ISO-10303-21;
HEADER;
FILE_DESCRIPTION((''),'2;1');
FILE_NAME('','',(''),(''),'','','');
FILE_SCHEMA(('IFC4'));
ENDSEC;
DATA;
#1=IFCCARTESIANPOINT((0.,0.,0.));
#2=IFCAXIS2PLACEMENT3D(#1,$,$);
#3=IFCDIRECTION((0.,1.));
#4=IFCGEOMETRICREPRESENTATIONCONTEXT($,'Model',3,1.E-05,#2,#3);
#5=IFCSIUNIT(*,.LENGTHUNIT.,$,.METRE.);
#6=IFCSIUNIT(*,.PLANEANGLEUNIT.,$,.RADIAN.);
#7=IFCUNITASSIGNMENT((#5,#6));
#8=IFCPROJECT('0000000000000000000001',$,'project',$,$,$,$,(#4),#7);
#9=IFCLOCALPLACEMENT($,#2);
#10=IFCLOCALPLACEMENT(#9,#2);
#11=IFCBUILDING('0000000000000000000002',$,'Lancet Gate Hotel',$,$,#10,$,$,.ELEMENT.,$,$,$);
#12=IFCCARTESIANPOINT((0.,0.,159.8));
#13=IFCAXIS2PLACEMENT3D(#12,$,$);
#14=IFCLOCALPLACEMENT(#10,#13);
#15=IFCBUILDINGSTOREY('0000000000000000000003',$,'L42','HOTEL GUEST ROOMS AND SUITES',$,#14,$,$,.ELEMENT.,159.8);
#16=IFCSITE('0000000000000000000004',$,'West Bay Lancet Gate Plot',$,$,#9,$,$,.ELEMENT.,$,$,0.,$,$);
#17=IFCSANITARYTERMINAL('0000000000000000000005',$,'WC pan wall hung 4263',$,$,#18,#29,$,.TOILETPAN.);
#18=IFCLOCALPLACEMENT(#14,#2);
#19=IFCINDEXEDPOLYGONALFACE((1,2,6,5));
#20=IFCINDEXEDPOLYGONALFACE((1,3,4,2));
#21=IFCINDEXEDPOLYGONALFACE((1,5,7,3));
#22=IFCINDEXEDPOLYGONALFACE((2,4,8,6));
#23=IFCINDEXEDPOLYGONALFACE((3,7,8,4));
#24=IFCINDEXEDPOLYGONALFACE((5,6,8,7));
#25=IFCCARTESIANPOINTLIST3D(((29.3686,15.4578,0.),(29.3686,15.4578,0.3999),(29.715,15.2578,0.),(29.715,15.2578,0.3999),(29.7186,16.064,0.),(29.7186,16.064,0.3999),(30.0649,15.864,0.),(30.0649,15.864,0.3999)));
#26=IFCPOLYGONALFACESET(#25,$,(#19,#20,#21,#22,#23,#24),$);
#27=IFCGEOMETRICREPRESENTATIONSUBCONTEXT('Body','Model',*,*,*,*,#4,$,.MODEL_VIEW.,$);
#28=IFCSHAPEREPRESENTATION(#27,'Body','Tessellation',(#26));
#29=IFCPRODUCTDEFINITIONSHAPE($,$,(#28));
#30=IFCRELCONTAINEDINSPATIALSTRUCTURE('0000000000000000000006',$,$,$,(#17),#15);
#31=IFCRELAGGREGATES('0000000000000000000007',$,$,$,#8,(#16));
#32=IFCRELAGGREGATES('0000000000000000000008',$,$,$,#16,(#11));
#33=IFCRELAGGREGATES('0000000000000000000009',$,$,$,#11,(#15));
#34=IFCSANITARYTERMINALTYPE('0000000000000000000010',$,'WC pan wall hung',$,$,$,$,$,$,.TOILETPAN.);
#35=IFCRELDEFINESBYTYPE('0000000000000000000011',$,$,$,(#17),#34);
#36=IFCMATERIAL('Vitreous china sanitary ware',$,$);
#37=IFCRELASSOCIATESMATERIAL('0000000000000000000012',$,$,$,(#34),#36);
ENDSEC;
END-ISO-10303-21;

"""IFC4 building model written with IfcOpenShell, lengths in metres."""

from ifc_helpers import new_model, si_unit, direction, frame, origin, origin_2d, place, context, subcontext, project, spatial, rectangle, extrude, material, type_object, element, save


model = new_model("IFC4")

# Units and contexts
model_context = context("Model", 3, precision=1e-05, world=origin(), true_north=direction((0.0, 1.0)))
body_context = subcontext(model_context, "Body", "Model", "MODEL_VIEW")
ifc_project = project(units=[si_unit("LENGTHUNIT", "METRE"), si_unit("PLANEANGLEUNIT", "RADIAN")], contexts=[model_context])

# Site, building, storey
site_placement = place(None, origin())
site = spatial("IfcSite", under=ifc_project, at=site_placement, Name="West Bay Lancet Gate Plot", CompositionType="ELEMENT", RefElevation=0.0)
building_placement = place(site_placement, origin())
building = spatial("IfcBuilding", under=site, at=building_placement, Name="Lancet Gate Hotel", CompositionType="ELEMENT")
storey_placement = place(building_placement, frame((0.0, 0.0, 159.8)))
storey = spatial("IfcBuildingStorey", under=building, at=storey_placement, Name="L42", Description="HOTEL GUEST ROOMS AND SUITES", CompositionType="ELEMENT", Elevation=159.8)

# Sanitary terminal
ifc_material_1 = material(Name="Vitreous china sanitary ware")
sanitary_terminal_type_1 = type_object("IfcSanitaryTerminalType", Name="WC pan wall hung", PredefinedType="TOILETPAN", material=ifc_material_1)
sanitary_terminal_1_placement = place(storey_placement, frame((29.7168, 15.6609, 0.0), z_axis=(0.0, 0.0, 1.0), x_axis=(-0.866025, 0.5, 0.0)))
element("IfcSanitaryTerminal", 1, at=sanitary_terminal_1_placement, inside=storey, type_object=sanitary_terminal_type_1, Name="WC pan wall hung 4263", PredefinedType="TOILETPAN", context=body_context, shape_type="SweptSolid", body=[
    extrude(rectangle(XDim=0.3999, YDim=0.7, at=origin_2d()), origin(), (0.0, 0.0, 1.0), 0.3999),
])

save(model, "model.ifc")
